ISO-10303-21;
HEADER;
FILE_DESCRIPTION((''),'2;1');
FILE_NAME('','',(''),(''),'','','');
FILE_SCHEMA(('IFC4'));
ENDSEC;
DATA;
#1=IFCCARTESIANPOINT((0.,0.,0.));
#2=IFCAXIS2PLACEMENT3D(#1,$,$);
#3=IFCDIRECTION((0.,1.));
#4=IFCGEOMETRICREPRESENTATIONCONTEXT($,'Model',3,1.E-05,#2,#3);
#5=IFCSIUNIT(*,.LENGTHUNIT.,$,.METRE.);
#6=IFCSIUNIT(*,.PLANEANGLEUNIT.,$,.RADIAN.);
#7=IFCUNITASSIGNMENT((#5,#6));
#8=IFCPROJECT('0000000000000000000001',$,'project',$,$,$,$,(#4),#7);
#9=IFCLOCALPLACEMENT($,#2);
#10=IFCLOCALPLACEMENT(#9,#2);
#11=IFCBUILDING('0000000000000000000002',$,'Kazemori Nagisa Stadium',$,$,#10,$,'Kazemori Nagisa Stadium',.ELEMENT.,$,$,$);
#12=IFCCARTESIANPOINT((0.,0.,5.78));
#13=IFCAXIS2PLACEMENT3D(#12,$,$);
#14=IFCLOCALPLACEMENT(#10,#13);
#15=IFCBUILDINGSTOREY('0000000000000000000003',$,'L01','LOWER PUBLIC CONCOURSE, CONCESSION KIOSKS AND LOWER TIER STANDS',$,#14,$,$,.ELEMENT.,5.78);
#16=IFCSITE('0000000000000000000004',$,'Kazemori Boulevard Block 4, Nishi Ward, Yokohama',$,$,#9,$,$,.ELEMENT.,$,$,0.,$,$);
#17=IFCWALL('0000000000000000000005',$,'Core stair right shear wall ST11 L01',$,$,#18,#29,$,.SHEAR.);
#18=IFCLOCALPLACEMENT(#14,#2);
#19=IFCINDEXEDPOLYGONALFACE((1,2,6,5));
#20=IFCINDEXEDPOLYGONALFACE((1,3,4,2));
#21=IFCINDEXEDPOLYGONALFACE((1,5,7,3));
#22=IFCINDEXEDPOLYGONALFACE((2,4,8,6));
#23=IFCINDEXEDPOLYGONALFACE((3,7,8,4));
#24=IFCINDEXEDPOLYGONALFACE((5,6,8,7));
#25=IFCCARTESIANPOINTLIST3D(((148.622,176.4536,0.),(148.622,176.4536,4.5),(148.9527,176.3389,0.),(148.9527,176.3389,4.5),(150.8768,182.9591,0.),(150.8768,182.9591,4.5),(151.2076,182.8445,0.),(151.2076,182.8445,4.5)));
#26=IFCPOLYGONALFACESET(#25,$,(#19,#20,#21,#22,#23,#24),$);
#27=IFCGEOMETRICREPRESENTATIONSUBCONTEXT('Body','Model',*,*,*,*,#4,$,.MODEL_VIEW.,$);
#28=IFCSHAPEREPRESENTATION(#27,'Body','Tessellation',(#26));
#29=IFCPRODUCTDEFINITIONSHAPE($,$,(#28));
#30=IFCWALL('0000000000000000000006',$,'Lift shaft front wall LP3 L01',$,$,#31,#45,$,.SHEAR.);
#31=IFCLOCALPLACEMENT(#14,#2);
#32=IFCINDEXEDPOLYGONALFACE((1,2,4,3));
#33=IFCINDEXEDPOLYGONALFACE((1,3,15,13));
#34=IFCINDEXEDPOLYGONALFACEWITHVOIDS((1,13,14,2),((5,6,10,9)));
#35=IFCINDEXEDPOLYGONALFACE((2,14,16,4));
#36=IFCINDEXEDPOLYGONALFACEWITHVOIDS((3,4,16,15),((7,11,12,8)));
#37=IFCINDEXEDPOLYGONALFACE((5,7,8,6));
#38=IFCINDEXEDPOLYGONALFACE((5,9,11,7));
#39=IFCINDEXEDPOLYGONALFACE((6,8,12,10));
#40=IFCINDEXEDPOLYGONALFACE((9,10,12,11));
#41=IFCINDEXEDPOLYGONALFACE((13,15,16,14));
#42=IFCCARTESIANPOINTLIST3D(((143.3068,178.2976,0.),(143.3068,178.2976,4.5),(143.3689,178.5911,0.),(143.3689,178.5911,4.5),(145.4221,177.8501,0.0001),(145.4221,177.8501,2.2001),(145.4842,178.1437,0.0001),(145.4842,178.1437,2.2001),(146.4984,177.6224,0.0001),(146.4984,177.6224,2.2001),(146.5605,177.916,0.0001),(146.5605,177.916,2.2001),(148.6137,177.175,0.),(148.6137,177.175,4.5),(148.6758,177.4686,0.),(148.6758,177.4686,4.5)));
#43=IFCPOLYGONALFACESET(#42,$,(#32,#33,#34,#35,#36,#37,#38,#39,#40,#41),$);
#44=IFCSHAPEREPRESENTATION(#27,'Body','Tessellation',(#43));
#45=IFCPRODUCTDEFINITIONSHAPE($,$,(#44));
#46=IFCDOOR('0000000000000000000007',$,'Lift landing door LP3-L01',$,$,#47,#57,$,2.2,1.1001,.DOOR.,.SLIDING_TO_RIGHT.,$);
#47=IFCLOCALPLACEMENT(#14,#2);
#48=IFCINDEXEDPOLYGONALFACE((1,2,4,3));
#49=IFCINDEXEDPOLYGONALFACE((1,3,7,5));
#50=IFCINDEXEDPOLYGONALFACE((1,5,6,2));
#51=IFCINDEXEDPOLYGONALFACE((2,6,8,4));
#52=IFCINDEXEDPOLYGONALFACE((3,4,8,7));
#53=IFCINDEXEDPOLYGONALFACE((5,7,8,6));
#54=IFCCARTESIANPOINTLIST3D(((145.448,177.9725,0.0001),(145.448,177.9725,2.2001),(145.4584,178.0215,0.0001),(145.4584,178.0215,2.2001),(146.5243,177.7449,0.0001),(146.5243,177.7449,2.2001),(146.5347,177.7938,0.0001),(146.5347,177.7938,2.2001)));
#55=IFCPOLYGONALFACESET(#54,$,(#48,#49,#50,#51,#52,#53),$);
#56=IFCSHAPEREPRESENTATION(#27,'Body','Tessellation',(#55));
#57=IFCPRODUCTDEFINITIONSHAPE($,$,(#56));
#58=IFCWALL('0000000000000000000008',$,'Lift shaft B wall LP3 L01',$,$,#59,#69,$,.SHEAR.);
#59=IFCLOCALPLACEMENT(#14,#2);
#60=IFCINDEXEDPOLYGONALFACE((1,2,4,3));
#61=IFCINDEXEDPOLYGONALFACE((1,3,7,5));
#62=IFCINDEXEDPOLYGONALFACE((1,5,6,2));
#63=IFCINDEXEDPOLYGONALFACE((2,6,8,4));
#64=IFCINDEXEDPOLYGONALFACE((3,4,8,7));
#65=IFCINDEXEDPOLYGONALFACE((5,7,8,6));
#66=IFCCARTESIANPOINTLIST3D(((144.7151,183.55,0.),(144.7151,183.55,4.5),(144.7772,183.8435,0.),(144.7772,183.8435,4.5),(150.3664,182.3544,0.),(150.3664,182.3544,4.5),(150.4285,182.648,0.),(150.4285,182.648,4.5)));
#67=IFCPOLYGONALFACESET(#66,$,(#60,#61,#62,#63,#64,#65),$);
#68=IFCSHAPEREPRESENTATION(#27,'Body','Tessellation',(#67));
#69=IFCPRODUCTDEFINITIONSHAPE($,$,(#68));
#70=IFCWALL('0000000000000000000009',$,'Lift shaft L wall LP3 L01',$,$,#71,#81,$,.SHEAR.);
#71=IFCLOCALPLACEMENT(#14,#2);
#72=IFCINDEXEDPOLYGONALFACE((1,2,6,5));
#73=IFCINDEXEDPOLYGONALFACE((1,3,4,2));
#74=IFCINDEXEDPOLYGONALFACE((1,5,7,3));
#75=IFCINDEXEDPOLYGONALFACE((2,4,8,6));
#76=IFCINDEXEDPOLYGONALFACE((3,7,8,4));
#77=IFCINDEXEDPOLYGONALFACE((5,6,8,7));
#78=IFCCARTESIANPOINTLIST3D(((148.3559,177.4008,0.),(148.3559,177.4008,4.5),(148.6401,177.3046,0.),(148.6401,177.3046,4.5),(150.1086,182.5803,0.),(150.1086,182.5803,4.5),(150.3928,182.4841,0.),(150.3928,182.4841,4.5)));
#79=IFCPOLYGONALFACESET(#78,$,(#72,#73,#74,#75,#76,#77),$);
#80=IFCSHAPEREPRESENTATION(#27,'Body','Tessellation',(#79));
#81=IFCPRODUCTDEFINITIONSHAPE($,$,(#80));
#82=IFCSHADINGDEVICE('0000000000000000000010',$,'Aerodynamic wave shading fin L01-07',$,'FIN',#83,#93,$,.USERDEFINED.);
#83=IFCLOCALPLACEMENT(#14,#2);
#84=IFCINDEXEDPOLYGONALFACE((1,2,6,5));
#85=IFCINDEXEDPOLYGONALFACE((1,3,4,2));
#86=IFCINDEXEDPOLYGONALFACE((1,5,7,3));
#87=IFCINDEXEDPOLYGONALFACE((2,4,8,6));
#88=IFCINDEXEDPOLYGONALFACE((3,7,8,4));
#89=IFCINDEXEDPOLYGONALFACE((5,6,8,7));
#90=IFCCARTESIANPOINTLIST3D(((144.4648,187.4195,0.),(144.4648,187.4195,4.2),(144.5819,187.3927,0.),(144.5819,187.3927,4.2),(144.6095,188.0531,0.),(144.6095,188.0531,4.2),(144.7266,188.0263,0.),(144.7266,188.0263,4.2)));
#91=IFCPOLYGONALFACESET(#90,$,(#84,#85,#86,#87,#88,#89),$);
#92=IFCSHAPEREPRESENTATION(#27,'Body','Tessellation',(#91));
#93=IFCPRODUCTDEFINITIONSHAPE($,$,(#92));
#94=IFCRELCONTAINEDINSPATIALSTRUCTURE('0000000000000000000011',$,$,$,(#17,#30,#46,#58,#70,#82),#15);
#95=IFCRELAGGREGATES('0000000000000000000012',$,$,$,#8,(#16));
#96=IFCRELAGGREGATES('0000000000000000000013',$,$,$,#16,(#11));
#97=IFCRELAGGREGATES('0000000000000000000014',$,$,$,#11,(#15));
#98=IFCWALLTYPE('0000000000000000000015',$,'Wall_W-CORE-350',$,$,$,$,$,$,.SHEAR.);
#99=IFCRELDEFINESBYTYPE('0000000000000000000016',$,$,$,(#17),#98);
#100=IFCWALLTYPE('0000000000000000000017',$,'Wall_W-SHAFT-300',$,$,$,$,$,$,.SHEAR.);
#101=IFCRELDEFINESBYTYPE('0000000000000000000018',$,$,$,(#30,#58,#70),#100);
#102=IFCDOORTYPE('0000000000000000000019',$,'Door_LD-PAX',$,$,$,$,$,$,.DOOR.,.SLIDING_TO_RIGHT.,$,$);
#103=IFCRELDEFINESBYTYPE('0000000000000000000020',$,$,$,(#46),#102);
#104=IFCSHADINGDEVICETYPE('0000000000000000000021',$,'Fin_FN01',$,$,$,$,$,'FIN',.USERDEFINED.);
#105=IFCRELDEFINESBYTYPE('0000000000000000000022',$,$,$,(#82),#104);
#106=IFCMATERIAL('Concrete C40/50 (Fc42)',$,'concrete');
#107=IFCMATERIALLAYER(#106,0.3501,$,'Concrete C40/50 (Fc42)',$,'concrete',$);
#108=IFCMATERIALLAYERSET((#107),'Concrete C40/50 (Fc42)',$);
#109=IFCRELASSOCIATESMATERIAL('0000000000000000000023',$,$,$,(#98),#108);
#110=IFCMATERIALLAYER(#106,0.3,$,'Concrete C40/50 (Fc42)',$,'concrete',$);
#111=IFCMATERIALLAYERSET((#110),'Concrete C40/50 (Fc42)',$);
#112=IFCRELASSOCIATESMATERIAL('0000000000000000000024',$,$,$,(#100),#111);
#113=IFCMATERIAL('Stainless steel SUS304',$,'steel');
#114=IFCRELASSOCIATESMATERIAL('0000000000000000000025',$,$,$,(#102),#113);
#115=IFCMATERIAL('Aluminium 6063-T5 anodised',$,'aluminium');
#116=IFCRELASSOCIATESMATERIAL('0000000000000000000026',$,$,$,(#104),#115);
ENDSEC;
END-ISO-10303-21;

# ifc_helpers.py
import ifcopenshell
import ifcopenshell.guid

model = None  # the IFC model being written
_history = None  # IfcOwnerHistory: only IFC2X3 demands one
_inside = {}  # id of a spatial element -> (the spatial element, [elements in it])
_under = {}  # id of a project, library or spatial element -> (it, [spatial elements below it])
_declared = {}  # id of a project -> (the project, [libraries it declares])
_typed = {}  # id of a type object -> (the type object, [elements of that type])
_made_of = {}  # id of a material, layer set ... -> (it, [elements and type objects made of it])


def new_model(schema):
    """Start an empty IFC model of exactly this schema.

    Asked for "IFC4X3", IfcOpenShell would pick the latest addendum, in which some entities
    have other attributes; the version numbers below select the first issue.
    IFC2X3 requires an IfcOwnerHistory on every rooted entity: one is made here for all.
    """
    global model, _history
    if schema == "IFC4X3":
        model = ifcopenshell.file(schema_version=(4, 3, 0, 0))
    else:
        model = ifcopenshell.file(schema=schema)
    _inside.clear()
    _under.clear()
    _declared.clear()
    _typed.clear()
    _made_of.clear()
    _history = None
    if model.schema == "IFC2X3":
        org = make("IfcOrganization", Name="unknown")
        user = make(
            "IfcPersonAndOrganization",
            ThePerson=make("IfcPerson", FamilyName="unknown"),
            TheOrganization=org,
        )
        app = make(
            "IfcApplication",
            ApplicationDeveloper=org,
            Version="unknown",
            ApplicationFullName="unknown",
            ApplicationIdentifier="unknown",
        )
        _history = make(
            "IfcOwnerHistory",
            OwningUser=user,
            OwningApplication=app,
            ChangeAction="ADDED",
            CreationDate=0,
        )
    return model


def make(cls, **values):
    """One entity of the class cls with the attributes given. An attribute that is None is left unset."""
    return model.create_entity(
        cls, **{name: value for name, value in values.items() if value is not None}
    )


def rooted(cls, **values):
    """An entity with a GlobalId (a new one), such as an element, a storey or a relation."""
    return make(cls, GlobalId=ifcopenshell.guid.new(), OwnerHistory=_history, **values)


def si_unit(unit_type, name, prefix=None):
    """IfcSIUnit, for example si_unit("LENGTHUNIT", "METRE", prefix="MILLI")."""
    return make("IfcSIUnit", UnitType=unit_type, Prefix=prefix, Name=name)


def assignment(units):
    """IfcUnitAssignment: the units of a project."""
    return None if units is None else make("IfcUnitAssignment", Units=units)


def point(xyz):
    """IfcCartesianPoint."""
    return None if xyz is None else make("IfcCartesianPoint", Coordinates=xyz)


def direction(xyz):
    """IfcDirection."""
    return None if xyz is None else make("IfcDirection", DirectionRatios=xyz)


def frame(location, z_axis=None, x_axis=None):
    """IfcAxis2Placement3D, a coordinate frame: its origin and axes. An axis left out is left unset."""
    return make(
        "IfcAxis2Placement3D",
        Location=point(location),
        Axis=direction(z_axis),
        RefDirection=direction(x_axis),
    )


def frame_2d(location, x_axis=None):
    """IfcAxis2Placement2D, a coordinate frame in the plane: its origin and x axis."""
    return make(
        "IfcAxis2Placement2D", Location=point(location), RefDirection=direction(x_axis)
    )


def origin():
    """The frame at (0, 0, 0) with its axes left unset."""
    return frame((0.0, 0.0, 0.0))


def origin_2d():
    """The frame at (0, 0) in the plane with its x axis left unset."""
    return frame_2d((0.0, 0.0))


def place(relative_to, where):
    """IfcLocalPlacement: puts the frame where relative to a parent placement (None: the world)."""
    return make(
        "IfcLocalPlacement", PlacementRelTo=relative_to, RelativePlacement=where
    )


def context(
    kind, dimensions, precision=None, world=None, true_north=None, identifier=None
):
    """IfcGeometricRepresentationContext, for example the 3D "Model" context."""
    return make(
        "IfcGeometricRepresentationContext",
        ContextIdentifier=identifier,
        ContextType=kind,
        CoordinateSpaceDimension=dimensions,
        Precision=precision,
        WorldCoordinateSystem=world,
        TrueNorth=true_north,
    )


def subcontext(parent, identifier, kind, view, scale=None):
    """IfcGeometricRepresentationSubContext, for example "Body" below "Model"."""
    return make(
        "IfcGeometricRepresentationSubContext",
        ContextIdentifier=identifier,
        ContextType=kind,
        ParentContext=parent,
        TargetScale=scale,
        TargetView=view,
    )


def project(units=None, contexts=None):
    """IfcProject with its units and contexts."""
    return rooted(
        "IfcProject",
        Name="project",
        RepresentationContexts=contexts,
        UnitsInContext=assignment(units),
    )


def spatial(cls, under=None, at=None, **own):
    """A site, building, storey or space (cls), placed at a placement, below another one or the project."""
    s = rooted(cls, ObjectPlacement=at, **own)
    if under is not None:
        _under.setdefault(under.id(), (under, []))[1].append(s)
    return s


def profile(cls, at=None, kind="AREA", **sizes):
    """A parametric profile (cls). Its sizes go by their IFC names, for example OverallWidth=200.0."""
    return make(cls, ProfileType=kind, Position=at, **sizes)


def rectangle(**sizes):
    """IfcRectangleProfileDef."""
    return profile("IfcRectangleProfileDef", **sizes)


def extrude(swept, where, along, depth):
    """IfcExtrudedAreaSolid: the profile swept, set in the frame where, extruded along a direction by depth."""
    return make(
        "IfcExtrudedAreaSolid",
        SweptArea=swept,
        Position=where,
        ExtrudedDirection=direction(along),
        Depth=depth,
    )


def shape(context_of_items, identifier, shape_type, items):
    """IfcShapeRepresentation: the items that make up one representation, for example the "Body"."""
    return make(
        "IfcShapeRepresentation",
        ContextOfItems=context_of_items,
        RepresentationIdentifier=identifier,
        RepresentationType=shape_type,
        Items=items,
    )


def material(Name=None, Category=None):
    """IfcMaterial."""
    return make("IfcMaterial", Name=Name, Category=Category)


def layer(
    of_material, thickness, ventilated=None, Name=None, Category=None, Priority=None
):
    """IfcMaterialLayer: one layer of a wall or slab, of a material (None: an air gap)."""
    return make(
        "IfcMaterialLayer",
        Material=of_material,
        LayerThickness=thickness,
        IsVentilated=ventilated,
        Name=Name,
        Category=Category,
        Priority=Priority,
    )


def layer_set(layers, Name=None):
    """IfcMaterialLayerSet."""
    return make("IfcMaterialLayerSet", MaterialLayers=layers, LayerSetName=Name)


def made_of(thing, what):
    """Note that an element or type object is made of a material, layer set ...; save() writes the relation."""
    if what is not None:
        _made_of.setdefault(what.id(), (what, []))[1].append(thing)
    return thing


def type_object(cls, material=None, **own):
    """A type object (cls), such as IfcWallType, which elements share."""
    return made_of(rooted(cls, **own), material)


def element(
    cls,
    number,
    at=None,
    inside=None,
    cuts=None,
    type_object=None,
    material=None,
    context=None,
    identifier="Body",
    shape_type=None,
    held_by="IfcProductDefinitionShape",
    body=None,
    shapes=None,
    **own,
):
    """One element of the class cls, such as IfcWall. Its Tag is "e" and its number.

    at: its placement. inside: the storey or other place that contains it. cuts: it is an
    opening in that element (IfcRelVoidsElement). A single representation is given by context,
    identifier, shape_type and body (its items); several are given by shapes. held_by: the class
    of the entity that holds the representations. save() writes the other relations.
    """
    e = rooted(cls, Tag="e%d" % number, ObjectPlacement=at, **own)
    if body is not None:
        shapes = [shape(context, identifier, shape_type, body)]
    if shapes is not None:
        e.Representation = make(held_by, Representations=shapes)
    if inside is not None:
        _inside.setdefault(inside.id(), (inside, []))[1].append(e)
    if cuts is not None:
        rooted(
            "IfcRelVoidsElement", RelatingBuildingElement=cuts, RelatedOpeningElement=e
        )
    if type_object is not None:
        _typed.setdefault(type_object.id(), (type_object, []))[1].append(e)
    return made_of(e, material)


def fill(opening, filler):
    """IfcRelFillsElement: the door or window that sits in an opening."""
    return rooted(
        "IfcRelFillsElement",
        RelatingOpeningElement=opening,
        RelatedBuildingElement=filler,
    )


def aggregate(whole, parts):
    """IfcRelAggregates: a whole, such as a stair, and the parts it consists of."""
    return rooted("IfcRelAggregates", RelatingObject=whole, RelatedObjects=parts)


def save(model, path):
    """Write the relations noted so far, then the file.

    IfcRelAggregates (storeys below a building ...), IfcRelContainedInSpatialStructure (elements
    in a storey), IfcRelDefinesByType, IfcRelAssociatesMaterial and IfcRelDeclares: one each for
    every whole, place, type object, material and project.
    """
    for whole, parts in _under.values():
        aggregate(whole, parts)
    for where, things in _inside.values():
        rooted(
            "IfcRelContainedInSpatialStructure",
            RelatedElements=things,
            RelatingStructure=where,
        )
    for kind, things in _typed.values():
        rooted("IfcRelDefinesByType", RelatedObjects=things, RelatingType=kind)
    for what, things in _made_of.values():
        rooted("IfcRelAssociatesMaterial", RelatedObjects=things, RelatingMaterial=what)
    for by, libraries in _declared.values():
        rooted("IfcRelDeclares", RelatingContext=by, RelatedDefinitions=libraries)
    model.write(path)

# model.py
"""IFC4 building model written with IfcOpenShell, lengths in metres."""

from ifc_helpers import new_model, si_unit, direction, frame, frame_2d, origin, origin_2d, place, context, subcontext, project, spatial, rectangle, extrude, material, layer, layer_set, type_object, element, fill, save


model = new_model("IFC4")

# Units and contexts
model_context = context("Model", 3, precision=1e-05, world=origin(), true_north=direction((0.0, 1.0)))
body_context = subcontext(model_context, "Body", "Model", "MODEL_VIEW")
ifc_project = project(units=[si_unit("LENGTHUNIT", "METRE"), si_unit("PLANEANGLEUNIT", "RADIAN")], contexts=[model_context])

# Site, building, storey
site_placement = place(None, origin())
site = spatial("IfcSite", under=ifc_project, at=site_placement, Name="Kazemori Boulevard Block 4, Nishi Ward, Yokohama", CompositionType="ELEMENT", RefElevation=0.0)
building_placement = place(site_placement, origin())
building = spatial("IfcBuilding", under=site, at=building_placement, Name="Kazemori Nagisa Stadium", LongName="Kazemori Nagisa Stadium", CompositionType="ELEMENT")
storey_placement = place(building_placement, frame((0.0, 0.0, 5.78)))
storey = spatial("IfcBuildingStorey", under=building, at=storey_placement, Name="L01", Description="LOWER PUBLIC CONCOURSE, CONCESSION KIOSKS AND LOWER TIER STANDS", CompositionType="ELEMENT", Elevation=5.78)

# Shared definitions
ifc_material_1 = material(Name="Concrete C40/50 (Fc42)", Category="concrete")

# Shared definitions
ifc_material_2 = material(Name="Aluminium 6063-T5 anodised", Category="aluminium")

# Wall
ifc_layer_1 = layer(ifc_material_1, 0.3501, Name="Concrete C40/50 (Fc42)", Category="concrete")
ifc_layer_set_1 = layer_set([ifc_layer_1], Name="Concrete C40/50 (Fc42)")
wall_type_1 = type_object("IfcWallType", Name="Wall_W-CORE-350", PredefinedType="SHEAR", material=ifc_layer_set_1)
wall_1_placement = place(storey_placement, frame((148.7874, 176.3962, 0.0), z_axis=(0.0, 0.0, 1.0), x_axis=(0.327492, 0.944854, 0.0)))
element("IfcWall", 1, at=wall_1_placement, inside=storey, type_object=wall_type_1, Name="Core stair right shear wall ST11 L01", PredefinedType="SHEAR", context=body_context, shape_type="SweptSolid", body=[
    extrude(rectangle(XDim=6.8853, YDim=0.3501, at=frame_2d((3.4426, 0.0))), origin(), (0.0, 0.0, 1.0), 4.5),
])

# Wall, opening, door
ifc_layer_2 = layer(ifc_material_1, 0.3, Name="Concrete C40/50 (Fc42)", Category="concrete")
ifc_layer_set_2 = layer_set([ifc_layer_2], Name="Concrete C40/50 (Fc42)")
wall_type_2 = type_object("IfcWallType", Name="Wall_W-SHAFT-300", PredefinedType="SHEAR", material=ifc_layer_set_2)
wall_2_placement = place(storey_placement, frame((148.6448, 177.3218, 0.0), z_axis=(0.0, 0.0, 1.0), x_axis=(-0.978352, 0.206949, 0.0)))
wall_2 = element("IfcWall", 2, at=wall_2_placement, inside=storey, type_object=wall_type_2, Name="Lift shaft front wall LP3 L01", PredefinedType="SHEAR", context=body_context, shape_type="SweptSolid", body=[
    extrude(rectangle(XDim=5.4243, YDim=0.3, at=frame_2d((2.7122, 0.0))), origin(), (0.0, 0.0, 1.0), 4.5),
])
opening_placement = place(wall_2_placement, frame((2.1621, 0.0, 0.0)))
opening = element("IfcOpeningElement", 3, at=opening_placement, cuts=wall_2, PredefinedType="OPENING", context=body_context, shape_type="SweptSolid", body=[
    extrude(rectangle(XDim=1.1001, YDim=2.2, at=frame_2d((0.55, 1.1001))), frame((0.0, 0.1599, 0.0), z_axis=(0.0, -1.0, 0.0), x_axis=(1.0, 0.0, 0.0)), (0.0, 0.0, 1.0), 0.3201),
])
ifc_material_3 = material(Name="Stainless steel SUS304", Category="steel")
door_type = type_object("IfcDoorType", Name="Door_LD-PAX", OperationType="SLIDING_TO_RIGHT", PredefinedType="DOOR", material=ifc_material_3)
door_placement = place(opening_placement, origin())
door = element("IfcDoor", 4, at=door_placement, inside=storey, type_object=door_type, Name="Lift landing door LP3-L01", OperationType="SLIDING_TO_RIGHT", OverallHeight=2.2, OverallWidth=1.1001, PredefinedType="DOOR", context=body_context, shape_type="SweptSolid", body=[
    extrude(rectangle(XDim=1.1001, YDim=2.2, at=frame_2d((0.55, 1.1001))), frame((0.0, 0.0249, 0.0), z_axis=(0.0, -1.0, 0.0), x_axis=(1.0, 0.0, 0.0)), (0.0, 0.0, 1.0), 0.05),
])
fill(opening, door)

# Walls
wall_3_placement = place(storey_placement, frame((150.3975, 182.5012, 0.0), z_axis=(0.0, 0.0, 1.0), x_axis=(-0.978347, 0.206971, 0.0)))
element("IfcWall", 5, at=wall_3_placement, inside=storey, type_object=wall_type_2, Name="Lift shaft B wall LP3 L01", PredefinedType="SHEAR", context=body_context, shape_type="SweptSolid", body=[
    extrude(rectangle(XDim=5.7764, YDim=0.3, at=frame_2d((2.8882, 0.0))), origin(), (0.0, 0.0, 1.0), 4.5),
])
wall_4_placement = place(storey_placement, frame((148.498, 177.3528, 0.0), z_axis=(0.0, 0.0, 1.0), x_axis=(0.320538, 0.947236, 0.0)))
element("IfcWall", 6, at=wall_4_placement, inside=storey, type_object=wall_type_2, Name="Lift shaft L wall LP3 L01", PredefinedType="SHEAR", context=body_context, shape_type="SweptSolid", body=[
    extrude(rectangle(XDim=5.468, YDim=0.3, at=frame_2d((2.7339, 0.0))), origin(), (0.0, 0.0, 1.0), 4.5),
])

# Shading device
shading_device_type = type_object("IfcShadingDeviceType", Name="Fin_FN01", ElementType="FIN", PredefinedType="USERDEFINED", material=ifc_material_2)
shading_device_placement = place(storey_placement, frame((144.5957, 187.7229, 0.0), z_axis=(0.0, 0.0, 1.0), x_axis=(0.222521, 0.974928, 0.0)))
element("IfcShadingDevice", 7, at=shading_device_placement, inside=storey, type_object=shading_device_type, Name="Aerodynamic wave shading fin L01-07", ObjectType="FIN", PredefinedType="USERDEFINED", context=body_context, shape_type="SweptSolid", body=[
    extrude(rectangle(XDim=0.6499, YDim=0.1201, at=origin_2d()), origin(), (0.0, 0.0, 1.0), 4.2),
])

save(model, "model.ifc")
